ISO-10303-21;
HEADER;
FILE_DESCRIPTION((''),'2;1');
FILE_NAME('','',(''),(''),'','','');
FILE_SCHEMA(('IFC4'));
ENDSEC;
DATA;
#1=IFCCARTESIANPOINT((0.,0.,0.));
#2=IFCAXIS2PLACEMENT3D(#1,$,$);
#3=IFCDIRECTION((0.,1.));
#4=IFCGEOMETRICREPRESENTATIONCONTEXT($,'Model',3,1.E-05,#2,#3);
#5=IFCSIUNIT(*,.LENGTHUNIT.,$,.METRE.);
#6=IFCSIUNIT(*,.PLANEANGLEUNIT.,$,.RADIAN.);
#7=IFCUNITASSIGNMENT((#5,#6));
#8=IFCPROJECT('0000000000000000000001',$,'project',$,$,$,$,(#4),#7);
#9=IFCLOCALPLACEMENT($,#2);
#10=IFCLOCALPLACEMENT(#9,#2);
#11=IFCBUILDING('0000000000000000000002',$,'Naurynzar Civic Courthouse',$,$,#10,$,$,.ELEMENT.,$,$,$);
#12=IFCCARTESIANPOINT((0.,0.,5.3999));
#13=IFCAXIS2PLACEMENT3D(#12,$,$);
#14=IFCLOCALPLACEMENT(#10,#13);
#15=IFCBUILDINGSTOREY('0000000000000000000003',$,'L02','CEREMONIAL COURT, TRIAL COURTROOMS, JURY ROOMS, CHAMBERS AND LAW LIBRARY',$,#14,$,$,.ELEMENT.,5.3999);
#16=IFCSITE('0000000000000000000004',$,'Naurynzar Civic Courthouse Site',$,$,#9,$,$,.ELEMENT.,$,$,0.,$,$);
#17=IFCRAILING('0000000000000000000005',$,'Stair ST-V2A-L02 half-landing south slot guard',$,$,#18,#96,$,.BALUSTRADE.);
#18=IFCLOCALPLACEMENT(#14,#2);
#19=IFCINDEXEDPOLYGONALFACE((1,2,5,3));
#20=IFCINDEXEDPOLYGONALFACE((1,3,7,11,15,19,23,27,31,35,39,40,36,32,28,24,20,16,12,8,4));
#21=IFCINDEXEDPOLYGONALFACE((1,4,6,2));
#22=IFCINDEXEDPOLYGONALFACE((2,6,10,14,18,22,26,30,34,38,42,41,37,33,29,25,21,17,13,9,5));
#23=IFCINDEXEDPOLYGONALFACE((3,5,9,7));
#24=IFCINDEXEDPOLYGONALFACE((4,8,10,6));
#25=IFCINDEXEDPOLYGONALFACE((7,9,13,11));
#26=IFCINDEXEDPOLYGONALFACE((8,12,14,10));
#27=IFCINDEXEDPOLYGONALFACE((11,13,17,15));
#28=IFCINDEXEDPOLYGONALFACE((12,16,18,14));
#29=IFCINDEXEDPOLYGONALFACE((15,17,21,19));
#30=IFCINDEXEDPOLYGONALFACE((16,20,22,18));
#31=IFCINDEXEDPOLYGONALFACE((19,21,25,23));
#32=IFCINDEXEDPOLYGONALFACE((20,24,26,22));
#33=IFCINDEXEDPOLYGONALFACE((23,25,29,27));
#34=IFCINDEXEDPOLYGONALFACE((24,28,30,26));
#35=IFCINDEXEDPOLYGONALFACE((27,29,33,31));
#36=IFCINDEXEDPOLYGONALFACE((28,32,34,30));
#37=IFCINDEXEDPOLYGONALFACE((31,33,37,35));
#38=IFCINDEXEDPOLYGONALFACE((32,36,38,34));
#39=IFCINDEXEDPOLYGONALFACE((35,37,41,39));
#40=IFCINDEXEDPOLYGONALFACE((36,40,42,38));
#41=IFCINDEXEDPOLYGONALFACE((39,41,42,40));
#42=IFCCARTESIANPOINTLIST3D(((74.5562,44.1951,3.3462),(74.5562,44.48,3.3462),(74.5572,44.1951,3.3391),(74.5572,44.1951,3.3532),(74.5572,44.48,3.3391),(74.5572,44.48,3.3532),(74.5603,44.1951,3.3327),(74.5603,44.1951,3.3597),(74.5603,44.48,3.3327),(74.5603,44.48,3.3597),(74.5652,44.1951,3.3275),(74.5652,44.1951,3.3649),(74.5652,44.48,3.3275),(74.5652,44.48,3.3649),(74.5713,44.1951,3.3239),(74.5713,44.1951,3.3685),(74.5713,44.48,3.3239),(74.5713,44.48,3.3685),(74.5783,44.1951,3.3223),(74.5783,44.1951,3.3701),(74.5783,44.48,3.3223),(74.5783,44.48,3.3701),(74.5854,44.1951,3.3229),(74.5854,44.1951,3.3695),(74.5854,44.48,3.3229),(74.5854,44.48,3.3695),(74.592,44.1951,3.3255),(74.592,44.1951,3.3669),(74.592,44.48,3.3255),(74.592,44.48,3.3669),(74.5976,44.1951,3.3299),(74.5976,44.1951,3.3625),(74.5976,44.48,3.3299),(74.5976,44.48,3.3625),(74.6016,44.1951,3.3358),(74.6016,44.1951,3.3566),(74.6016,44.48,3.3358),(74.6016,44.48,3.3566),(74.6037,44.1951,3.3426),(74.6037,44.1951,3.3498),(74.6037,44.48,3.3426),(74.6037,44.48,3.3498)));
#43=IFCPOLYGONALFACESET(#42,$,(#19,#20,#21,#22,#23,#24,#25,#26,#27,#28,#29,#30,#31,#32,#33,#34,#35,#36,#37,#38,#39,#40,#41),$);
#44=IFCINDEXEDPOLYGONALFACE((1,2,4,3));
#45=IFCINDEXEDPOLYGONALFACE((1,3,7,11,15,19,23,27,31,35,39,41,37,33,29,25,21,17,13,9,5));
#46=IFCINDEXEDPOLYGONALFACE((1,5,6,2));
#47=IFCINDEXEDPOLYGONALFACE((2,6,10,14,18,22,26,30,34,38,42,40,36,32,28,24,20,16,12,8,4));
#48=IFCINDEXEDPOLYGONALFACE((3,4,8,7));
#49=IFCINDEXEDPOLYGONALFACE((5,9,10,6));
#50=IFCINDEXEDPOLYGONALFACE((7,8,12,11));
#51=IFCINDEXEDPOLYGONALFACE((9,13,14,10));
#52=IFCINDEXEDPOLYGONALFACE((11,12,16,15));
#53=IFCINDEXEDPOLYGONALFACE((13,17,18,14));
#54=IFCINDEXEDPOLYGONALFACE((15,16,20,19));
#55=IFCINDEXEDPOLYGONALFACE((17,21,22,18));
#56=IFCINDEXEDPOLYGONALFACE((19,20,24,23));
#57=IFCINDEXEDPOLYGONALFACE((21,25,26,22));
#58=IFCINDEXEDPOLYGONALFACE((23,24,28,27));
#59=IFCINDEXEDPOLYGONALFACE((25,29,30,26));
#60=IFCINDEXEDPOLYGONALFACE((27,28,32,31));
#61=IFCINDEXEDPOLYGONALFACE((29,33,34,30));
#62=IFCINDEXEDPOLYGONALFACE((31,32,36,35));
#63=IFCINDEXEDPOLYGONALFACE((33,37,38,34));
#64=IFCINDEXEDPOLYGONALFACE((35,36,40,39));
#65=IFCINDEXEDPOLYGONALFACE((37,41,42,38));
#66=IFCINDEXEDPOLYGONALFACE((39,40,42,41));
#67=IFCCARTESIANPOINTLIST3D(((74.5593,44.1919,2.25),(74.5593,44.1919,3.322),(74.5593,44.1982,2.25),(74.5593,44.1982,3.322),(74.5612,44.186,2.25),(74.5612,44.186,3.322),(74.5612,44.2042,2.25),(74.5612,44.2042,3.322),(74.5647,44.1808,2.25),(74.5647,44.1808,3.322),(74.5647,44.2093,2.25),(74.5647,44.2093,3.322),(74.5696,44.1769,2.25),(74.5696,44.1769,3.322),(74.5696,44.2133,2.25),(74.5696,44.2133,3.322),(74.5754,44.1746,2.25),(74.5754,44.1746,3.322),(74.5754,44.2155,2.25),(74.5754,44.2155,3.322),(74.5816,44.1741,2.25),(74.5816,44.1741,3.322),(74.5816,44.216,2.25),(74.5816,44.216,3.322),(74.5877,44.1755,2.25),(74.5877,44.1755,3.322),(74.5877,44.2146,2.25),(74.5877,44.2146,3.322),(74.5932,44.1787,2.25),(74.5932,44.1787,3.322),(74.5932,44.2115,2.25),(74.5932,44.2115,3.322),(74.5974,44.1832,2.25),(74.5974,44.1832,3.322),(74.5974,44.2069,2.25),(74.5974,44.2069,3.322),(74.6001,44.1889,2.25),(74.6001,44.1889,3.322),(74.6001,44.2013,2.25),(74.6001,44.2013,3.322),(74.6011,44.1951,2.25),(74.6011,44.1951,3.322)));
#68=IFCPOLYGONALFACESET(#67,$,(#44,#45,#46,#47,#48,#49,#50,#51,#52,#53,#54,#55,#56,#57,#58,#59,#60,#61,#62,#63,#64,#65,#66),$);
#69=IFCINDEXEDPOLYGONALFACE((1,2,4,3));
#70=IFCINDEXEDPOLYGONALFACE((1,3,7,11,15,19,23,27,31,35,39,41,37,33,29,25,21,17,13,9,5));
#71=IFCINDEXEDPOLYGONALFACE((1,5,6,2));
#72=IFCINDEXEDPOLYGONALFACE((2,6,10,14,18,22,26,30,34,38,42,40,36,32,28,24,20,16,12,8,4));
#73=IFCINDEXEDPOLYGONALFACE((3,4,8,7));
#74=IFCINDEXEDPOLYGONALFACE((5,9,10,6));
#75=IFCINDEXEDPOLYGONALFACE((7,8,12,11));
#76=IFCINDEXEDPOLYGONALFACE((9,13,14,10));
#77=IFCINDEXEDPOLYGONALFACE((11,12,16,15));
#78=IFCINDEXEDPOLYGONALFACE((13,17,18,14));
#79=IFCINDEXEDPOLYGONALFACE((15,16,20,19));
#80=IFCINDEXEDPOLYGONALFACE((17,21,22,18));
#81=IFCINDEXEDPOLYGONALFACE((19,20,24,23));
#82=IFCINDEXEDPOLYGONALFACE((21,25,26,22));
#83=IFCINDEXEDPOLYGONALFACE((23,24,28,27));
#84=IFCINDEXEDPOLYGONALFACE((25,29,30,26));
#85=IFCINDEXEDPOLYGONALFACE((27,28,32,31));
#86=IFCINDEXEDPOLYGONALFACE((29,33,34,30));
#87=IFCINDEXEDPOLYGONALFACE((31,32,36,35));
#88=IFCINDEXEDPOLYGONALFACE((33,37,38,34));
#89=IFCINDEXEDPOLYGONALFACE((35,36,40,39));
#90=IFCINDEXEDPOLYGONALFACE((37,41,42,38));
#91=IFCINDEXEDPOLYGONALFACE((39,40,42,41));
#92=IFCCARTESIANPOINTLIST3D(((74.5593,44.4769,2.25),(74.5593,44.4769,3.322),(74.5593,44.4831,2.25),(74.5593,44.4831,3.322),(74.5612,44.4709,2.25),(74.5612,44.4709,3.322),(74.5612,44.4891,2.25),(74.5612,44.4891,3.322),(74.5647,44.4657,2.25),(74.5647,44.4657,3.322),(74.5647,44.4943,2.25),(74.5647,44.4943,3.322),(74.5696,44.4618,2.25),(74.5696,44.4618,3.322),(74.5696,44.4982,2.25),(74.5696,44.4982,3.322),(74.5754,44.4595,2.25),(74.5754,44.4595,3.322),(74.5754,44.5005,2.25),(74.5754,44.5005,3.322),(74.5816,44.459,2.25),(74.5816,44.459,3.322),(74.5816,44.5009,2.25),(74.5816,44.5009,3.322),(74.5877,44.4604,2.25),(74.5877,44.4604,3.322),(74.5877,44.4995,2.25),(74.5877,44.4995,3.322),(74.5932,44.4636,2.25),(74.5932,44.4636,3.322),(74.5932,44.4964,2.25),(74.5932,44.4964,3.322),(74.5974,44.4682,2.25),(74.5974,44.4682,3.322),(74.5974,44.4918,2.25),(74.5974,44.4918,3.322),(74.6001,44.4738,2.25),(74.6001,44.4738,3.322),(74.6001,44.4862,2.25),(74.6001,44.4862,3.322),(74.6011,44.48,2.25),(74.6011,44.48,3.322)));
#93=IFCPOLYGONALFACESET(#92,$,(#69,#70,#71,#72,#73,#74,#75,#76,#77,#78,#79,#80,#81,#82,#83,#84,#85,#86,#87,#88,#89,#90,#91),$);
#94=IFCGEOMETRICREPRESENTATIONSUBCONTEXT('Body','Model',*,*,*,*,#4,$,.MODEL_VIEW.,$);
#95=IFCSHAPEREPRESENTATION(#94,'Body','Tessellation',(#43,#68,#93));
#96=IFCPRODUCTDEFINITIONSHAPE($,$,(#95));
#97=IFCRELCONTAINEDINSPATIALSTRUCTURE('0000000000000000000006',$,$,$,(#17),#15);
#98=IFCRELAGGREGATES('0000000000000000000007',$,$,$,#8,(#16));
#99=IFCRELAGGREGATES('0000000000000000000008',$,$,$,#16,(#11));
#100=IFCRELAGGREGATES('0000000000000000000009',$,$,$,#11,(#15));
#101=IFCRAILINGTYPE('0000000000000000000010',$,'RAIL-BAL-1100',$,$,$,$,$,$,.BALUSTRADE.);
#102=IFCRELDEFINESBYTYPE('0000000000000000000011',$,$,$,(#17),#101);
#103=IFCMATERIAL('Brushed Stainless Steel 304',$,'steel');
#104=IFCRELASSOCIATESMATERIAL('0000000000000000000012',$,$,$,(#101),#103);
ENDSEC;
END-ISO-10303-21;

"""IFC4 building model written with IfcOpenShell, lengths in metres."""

from ifc_helpers import new_model, si_unit, direction, frame, origin, origin_2d, place, context, subcontext, project, spatial, circle, extrude, material, type_object, element, save


model = new_model("IFC4")

# Units and contexts
model_context = context("Model", 3, precision=1e-05, world=origin(), true_north=direction((0.0, 1.0)))
body_context = subcontext(model_context, "Body", "Model", "MODEL_VIEW")
ifc_project = project(units=[si_unit("LENGTHUNIT", "METRE"), si_unit("PLANEANGLEUNIT", "RADIAN")], contexts=[model_context])

# Site, building, storey
site_placement = place(None, origin())
site = spatial("IfcSite", under=ifc_project, at=site_placement, Name="Naurynzar Civic Courthouse Site", CompositionType="ELEMENT", RefElevation=0.0)
building_placement = place(site_placement, origin())
building = spatial("IfcBuilding", under=site, at=building_placement, Name="Naurynzar Civic Courthouse", CompositionType="ELEMENT")
storey_placement = place(building_placement, frame((0.0, 0.0, 5.3999)))
storey = spatial("IfcBuildingStorey", under=building, at=storey_placement, Name="L02", Description="CEREMONIAL COURT, TRIAL COURTROOMS, JURY ROOMS, CHAMBERS AND LAW LIBRARY", CompositionType="ELEMENT", Elevation=5.3999)

# Railing
ifc_material_1 = material(Name="Brushed Stainless Steel 304", Category="steel")
railing_type_1 = type_object("IfcRailingType", Name="RAIL-BAL-1100", PredefinedType="BALUSTRADE", material=ifc_material_1)
railing_1_placement = place(storey_placement, frame((74.5801, 44.1951, 2.25)))
element("IfcRailing", 1, at=railing_1_placement, inside=storey, type_object=railing_type_1, Name="Stair ST-V2A-L02 half-landing south slot guard", PredefinedType="BALUSTRADE", context=body_context, shape_type="SweptSolid", body=[
    extrude(circle(Radius=0.0239, at=origin_2d()), frame((0.0, 0.0, 1.0962), z_axis=(0.0, 1.0, 0.0), x_axis=(-1.0, 0.0, 0.0)), (0.0, 0.0, 1.0), 0.2849),
    extrude(circle(Radius=0.021, at=origin_2d()), origin(), (0.0, 0.0, 1.0), 1.072),
    extrude(circle(Radius=0.021, at=origin_2d()), frame((0.0, 0.2849, 0.0)), (0.0, 0.0, 1.0), 1.072),
])

save(model, "model.ifc")
